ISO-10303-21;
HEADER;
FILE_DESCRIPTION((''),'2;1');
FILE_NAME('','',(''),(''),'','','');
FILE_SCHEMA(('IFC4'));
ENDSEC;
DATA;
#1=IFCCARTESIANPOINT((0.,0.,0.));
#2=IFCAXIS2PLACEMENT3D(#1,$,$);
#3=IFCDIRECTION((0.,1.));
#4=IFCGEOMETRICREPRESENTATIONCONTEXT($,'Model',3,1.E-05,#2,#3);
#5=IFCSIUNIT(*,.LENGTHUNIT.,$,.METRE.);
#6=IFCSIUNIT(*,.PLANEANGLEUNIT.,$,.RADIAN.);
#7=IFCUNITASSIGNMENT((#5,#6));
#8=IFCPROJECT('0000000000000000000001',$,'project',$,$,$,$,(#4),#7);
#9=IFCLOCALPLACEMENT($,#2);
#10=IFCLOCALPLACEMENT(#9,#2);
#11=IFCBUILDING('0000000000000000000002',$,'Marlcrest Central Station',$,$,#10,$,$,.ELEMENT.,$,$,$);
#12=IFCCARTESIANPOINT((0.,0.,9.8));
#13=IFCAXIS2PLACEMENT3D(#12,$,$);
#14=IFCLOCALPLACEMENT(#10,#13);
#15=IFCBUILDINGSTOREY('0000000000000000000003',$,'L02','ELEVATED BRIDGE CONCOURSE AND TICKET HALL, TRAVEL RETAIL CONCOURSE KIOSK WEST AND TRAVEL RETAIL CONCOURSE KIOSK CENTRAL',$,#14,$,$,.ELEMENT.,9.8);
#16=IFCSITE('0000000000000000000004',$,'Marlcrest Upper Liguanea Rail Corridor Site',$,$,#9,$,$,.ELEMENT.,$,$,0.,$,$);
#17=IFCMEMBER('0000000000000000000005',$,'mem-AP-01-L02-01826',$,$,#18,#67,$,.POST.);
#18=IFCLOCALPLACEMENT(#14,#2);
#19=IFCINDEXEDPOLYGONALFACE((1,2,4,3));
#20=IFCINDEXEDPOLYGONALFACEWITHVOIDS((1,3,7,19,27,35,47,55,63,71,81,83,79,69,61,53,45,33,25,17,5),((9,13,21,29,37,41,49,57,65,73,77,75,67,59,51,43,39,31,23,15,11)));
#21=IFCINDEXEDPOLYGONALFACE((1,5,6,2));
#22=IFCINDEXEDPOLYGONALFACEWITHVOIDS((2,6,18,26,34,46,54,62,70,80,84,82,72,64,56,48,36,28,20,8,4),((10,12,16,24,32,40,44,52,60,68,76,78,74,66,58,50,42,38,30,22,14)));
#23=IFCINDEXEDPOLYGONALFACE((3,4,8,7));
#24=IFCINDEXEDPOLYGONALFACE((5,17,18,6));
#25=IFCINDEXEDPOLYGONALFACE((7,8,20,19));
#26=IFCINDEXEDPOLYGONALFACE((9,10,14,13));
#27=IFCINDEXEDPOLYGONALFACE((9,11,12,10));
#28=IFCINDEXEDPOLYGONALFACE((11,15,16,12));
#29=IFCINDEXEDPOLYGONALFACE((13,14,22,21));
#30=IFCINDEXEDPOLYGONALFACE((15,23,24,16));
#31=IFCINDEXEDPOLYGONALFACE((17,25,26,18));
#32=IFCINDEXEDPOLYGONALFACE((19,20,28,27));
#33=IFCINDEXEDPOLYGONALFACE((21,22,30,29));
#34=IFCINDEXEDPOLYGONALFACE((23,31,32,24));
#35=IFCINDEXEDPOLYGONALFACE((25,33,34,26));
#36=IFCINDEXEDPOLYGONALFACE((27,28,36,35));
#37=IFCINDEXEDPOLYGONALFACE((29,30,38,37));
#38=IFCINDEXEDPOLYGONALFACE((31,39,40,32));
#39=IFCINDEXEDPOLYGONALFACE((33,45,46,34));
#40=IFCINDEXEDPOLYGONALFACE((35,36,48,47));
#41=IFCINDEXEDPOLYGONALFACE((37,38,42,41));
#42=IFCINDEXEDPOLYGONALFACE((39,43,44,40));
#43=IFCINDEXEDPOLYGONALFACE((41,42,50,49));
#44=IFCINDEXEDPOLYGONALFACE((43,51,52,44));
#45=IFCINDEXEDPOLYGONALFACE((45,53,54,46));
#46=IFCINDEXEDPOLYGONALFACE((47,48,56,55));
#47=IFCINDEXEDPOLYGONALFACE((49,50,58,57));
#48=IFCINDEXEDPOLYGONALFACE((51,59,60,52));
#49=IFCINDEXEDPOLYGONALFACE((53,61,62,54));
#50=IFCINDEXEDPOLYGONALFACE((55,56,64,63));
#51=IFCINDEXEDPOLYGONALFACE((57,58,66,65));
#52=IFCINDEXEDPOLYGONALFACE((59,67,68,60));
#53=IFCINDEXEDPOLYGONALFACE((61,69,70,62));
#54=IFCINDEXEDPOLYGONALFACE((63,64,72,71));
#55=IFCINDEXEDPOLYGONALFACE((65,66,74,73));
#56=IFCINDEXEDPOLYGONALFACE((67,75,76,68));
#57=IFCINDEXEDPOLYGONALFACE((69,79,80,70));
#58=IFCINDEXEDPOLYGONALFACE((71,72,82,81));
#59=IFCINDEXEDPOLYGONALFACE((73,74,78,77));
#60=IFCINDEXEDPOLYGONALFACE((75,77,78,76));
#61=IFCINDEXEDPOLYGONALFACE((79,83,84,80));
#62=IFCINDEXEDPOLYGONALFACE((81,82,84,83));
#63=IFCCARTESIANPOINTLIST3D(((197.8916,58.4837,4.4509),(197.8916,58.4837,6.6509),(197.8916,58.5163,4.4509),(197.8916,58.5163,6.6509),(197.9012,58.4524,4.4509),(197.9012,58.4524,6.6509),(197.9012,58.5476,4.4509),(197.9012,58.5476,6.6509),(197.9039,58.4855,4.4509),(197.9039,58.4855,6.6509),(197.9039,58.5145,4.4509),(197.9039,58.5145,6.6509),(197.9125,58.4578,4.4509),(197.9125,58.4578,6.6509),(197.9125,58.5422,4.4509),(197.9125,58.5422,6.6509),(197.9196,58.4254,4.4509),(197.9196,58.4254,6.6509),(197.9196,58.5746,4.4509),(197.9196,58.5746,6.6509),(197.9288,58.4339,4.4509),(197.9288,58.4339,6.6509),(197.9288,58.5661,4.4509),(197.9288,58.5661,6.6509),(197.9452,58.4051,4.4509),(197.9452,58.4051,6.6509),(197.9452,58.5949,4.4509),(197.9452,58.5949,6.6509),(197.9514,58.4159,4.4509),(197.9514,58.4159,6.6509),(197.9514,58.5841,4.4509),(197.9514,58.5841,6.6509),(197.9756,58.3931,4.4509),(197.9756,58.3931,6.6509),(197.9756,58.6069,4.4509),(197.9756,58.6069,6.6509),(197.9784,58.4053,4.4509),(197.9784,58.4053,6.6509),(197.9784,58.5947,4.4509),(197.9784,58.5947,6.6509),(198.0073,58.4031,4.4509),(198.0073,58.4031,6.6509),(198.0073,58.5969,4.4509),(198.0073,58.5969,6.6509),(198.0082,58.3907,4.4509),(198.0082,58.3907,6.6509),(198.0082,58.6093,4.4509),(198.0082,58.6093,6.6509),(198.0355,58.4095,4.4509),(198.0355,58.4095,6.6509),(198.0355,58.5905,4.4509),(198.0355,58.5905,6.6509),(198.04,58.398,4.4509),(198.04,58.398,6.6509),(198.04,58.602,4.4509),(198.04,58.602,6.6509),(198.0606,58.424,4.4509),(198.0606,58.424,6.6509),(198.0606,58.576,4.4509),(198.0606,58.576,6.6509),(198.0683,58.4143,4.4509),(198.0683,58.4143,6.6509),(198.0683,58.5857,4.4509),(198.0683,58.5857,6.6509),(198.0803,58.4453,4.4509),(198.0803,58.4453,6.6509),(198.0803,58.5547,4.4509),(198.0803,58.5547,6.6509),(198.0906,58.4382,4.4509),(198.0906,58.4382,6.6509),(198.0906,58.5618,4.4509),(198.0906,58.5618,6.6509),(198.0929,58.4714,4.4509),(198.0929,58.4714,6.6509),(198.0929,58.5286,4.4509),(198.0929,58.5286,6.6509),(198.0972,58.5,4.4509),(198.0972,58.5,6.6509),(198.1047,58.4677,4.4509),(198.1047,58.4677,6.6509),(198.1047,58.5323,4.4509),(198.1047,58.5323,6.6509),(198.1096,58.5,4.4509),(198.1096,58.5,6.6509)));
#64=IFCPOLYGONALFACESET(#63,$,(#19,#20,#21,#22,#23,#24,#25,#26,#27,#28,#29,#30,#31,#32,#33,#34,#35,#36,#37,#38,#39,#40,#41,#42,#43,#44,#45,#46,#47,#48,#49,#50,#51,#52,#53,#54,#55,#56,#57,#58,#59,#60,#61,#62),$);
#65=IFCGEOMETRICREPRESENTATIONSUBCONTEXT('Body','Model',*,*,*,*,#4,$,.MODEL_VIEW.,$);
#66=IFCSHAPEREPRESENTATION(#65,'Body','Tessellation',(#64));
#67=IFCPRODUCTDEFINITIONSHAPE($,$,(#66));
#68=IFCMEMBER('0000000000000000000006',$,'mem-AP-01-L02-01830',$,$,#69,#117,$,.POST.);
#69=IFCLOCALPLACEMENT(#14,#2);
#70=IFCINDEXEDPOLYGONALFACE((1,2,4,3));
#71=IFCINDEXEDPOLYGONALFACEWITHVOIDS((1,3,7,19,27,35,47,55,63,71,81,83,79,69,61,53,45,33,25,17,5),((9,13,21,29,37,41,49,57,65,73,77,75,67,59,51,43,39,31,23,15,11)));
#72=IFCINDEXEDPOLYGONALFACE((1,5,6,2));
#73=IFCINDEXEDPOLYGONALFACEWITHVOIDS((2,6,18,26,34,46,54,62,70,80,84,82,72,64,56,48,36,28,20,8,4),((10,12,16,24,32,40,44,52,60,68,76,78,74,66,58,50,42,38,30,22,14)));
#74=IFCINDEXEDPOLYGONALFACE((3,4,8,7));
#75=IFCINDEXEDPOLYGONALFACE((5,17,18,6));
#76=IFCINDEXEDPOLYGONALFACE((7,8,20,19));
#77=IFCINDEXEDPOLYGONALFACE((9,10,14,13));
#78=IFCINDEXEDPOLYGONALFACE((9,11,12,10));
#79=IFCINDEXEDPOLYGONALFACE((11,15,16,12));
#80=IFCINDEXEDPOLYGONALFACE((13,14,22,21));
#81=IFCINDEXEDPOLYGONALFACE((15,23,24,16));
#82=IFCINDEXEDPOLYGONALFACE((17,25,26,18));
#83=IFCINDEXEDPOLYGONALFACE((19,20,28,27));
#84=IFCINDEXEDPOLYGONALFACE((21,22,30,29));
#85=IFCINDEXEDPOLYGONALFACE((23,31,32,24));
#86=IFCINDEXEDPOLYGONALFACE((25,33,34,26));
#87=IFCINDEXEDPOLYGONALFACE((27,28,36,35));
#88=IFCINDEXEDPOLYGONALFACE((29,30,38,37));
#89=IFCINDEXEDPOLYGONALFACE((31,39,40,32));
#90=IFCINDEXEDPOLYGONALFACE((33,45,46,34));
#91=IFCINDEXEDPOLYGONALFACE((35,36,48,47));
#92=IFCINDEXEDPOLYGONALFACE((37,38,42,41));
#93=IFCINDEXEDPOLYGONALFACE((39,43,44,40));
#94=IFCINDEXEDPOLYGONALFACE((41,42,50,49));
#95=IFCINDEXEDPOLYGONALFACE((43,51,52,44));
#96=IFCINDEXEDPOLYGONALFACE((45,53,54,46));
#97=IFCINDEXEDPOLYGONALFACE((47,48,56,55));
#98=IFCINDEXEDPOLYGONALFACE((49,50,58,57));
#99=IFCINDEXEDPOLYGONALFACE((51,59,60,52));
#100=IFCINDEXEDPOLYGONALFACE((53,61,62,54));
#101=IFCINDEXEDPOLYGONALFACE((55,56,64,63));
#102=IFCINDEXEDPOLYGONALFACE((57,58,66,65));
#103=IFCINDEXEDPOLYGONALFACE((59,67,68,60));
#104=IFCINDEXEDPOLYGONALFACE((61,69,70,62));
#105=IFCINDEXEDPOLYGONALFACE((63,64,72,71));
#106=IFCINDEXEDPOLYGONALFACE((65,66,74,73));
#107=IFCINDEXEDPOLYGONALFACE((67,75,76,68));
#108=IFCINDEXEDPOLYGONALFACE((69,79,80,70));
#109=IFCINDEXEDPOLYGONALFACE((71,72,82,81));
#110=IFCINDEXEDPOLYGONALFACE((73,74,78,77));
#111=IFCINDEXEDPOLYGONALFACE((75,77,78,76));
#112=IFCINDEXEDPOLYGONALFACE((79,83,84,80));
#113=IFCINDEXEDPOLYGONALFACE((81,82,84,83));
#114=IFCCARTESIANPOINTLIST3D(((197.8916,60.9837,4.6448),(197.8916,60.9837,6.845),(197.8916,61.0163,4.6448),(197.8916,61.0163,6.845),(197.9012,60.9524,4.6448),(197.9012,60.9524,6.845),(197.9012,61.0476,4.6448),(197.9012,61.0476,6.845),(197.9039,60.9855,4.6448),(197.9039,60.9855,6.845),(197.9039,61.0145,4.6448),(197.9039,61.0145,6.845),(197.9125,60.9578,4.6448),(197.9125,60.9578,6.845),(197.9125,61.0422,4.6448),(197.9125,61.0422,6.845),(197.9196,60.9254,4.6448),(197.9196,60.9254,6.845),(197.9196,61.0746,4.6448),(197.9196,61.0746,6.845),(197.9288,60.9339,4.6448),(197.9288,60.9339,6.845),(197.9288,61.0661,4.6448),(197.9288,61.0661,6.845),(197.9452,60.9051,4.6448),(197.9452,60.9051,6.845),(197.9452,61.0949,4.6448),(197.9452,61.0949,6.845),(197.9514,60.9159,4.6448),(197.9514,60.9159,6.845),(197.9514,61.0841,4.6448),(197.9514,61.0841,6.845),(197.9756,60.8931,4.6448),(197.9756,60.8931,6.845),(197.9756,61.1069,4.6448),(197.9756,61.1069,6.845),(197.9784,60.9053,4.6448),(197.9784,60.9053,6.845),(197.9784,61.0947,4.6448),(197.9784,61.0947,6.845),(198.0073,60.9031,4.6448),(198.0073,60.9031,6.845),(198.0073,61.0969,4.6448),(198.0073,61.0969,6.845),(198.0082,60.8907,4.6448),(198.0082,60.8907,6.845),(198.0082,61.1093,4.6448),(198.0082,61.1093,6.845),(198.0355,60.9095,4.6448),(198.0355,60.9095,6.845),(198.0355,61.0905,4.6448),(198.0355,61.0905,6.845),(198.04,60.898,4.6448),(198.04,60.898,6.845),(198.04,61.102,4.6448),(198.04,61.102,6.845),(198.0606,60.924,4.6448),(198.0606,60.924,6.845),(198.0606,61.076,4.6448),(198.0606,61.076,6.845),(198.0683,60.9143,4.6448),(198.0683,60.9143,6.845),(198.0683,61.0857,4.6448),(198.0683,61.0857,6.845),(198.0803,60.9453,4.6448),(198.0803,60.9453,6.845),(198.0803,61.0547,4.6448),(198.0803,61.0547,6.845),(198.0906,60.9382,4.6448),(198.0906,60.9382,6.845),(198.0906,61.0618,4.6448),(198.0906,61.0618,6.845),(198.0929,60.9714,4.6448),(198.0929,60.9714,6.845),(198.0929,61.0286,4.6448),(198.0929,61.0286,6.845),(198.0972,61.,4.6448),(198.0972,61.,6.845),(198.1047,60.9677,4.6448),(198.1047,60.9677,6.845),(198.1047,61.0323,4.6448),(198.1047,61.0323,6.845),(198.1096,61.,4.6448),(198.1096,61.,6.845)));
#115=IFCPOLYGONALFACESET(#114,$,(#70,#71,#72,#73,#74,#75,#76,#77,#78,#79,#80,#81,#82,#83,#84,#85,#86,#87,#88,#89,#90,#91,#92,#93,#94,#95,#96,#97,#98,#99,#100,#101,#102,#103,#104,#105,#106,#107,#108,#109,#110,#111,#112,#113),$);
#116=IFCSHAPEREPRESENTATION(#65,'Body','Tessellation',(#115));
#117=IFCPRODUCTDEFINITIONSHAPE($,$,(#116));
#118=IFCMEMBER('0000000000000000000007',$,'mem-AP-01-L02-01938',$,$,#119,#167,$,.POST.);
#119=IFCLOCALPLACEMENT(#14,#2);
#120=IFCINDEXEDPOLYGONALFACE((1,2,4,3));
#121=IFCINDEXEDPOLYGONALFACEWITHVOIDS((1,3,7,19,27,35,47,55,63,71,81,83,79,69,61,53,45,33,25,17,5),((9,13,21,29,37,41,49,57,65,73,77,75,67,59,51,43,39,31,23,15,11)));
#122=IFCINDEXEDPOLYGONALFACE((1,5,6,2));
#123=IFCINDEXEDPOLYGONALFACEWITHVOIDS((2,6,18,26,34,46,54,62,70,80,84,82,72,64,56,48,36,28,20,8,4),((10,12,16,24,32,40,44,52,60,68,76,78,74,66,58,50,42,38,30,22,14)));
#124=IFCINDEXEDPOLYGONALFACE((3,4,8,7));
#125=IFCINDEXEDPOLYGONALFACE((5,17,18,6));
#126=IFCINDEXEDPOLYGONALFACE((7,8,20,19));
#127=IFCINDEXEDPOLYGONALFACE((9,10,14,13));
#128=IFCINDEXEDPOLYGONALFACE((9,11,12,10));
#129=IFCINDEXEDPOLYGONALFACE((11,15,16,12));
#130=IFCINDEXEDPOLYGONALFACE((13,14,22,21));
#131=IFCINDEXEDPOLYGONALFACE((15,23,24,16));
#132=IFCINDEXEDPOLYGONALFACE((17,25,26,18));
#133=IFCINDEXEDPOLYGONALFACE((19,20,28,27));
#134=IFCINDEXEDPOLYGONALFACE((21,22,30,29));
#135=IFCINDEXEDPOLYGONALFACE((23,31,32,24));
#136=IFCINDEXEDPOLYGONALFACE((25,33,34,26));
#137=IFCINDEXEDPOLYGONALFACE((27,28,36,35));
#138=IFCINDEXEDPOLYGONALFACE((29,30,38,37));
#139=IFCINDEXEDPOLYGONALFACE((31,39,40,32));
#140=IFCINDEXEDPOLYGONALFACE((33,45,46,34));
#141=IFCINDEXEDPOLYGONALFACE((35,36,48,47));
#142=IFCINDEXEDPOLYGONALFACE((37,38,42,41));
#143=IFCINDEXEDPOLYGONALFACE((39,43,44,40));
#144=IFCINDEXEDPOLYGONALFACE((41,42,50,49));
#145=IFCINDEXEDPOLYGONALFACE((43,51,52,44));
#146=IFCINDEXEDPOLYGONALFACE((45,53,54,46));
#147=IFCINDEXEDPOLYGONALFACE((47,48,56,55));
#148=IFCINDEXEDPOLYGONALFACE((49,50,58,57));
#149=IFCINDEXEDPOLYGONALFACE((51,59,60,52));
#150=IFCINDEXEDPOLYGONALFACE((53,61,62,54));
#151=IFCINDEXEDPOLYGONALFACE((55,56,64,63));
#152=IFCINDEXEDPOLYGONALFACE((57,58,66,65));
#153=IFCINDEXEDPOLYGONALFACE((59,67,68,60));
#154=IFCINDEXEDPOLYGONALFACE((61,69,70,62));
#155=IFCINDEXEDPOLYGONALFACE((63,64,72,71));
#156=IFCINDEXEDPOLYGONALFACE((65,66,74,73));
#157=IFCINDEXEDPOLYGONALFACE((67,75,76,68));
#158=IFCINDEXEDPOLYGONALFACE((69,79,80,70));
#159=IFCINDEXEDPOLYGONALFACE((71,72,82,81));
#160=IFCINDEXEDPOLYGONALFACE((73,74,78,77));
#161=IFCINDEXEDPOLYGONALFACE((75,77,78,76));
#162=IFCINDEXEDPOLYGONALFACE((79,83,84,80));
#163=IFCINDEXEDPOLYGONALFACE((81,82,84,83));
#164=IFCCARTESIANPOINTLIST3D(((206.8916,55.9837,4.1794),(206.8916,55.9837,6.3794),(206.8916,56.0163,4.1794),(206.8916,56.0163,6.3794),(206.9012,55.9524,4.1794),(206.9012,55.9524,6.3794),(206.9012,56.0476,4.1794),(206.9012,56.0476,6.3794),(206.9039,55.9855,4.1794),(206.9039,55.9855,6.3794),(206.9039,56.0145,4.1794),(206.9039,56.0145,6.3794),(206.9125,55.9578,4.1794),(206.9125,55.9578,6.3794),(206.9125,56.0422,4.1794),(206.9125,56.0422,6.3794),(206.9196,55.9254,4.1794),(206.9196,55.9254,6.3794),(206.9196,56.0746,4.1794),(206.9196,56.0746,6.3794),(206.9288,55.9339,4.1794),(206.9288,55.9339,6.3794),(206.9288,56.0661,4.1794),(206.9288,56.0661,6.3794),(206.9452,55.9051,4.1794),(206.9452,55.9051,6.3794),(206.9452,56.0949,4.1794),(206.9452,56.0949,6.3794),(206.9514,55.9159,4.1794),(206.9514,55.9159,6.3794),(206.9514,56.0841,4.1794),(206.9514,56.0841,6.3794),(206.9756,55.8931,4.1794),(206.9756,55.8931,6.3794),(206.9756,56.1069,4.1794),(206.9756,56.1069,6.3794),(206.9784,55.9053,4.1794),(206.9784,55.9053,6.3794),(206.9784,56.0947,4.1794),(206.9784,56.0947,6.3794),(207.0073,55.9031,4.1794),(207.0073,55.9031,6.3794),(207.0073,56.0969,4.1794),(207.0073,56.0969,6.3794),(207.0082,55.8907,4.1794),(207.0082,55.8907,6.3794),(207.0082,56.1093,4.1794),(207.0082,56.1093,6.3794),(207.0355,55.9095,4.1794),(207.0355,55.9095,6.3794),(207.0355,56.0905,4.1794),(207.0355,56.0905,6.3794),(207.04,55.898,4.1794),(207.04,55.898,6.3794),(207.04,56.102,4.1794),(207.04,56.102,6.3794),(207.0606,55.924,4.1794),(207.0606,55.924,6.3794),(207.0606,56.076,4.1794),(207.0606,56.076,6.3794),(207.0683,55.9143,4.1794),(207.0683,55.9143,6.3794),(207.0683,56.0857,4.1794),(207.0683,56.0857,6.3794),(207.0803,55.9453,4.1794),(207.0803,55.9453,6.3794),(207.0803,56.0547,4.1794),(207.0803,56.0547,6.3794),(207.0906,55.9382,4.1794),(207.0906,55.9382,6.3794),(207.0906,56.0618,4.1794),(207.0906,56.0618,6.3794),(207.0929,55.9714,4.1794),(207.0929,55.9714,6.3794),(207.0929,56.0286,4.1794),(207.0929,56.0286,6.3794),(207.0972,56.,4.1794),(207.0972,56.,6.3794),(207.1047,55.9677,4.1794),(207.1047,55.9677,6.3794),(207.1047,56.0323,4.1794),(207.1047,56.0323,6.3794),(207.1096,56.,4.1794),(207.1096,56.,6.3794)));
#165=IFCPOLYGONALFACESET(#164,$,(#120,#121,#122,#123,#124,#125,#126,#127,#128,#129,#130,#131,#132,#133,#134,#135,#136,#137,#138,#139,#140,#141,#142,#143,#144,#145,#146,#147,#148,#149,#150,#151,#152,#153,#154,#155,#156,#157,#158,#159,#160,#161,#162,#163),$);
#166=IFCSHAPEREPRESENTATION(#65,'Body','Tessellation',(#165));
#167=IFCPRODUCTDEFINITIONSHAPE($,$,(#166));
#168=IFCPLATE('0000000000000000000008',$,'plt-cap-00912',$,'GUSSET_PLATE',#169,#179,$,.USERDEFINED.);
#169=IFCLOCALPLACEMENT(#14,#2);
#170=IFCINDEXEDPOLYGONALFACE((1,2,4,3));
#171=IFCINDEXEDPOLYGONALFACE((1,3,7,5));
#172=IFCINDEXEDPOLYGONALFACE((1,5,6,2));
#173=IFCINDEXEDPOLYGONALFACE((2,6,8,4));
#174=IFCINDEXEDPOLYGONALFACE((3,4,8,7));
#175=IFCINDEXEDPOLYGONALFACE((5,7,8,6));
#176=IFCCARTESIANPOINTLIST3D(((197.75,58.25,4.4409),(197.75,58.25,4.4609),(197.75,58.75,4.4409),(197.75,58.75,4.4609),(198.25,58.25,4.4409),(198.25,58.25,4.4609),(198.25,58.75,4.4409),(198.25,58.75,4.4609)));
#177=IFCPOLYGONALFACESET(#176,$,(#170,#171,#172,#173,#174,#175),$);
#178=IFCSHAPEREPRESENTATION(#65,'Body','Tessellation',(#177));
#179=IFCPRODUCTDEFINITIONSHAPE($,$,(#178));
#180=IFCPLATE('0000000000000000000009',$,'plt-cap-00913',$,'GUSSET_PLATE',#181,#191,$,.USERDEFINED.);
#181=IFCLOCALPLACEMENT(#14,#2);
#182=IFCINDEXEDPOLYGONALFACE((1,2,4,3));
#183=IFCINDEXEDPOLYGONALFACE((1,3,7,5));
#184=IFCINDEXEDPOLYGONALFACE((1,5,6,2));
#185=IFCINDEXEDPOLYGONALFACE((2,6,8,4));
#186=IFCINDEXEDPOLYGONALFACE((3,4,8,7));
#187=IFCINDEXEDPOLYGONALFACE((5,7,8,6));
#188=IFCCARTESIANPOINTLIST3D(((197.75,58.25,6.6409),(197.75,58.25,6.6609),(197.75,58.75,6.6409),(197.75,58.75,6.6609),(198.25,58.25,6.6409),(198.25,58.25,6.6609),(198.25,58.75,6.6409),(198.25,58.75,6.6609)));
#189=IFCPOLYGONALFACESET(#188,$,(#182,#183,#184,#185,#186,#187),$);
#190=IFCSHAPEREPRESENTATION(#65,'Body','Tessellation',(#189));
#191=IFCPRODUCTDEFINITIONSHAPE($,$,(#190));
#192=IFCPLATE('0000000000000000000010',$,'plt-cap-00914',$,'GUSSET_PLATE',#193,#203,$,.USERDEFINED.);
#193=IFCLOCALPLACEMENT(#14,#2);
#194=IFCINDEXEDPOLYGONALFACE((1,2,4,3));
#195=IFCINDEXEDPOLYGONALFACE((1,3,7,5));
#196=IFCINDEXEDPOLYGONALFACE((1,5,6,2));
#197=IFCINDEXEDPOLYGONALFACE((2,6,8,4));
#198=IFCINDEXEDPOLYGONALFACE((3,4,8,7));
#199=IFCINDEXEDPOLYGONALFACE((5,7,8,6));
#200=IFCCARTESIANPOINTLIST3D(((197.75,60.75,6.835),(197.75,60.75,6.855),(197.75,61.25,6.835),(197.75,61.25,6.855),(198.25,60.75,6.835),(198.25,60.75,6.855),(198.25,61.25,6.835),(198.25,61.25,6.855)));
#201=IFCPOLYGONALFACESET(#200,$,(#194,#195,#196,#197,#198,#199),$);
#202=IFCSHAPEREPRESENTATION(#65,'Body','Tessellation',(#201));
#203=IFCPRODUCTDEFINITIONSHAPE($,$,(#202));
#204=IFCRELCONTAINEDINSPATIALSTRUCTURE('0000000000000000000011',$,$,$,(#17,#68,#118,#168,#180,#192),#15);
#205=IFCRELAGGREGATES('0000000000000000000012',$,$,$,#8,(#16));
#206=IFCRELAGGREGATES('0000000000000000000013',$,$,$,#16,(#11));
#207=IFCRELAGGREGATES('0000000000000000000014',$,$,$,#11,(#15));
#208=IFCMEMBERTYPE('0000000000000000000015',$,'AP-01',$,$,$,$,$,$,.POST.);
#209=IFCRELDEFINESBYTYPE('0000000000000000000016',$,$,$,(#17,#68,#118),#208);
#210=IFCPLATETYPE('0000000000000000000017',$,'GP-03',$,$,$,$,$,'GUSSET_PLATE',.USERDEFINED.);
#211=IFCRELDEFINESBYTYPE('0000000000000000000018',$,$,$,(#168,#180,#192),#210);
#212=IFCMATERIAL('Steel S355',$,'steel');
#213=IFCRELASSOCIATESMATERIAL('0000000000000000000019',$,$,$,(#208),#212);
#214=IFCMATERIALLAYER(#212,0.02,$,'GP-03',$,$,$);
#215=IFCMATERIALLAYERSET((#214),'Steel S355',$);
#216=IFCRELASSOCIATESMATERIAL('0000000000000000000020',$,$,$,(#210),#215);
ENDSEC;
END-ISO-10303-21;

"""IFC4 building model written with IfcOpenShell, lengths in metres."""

from ifc_helpers import new_model, si_unit, direction, frame, origin, origin_2d, place, context, subcontext, project, spatial, rectangle, hollow_circle, extrude, material, layer, layer_set, material_profile, profile_set, type_object, element, save


model = new_model("IFC4")

# Units and contexts
model_context = context("Model", 3, precision=1e-05, world=origin(), true_north=direction((0.0, 1.0)))
body_context = subcontext(model_context, "Body", "Model", "MODEL_VIEW")
ifc_project = project(units=[si_unit("LENGTHUNIT", "METRE"), si_unit("PLANEANGLEUNIT", "RADIAN")], contexts=[model_context])

# Site, building, storey
site_placement = place(None, origin())
site = spatial("IfcSite", under=ifc_project, at=site_placement, Name="Marlcrest Upper Liguanea Rail Corridor Site", CompositionType="ELEMENT", RefElevation=0.0)
building_placement = place(site_placement, origin())
building = spatial("IfcBuilding", under=site, at=building_placement, Name="Marlcrest Central Station", CompositionType="ELEMENT")
storey_placement = place(building_placement, frame((0.0, 0.0, 9.8)))
storey = spatial("IfcBuildingStorey", under=building, at=storey_placement, Name="L02", Description="ELEVATED BRIDGE CONCOURSE AND TICKET HALL, TRAVEL RETAIL CONCOURSE KIOSK WEST AND TRAVEL RETAIL CONCOURSE KIOSK CENTRAL", CompositionType="ELEMENT", Elevation=9.8)

# Members
ifc_material = material(Name="Steel S355", Category="steel")
ifc_material_profile_1 = material_profile(ifc_material, hollow_circle(Radius=0.1096, WallThickness=0.0125, at=origin_2d()), Name="CHS 219.1x12.5")
ifc_profile_set_1 = profile_set([ifc_material_profile_1], Name="Steel S355")
member_type_1 = type_object("IfcMemberType", Name="AP-01", PredefinedType="POST", material=ifc_profile_set_1)
member_1_placement = place(storey_placement, frame((198.0, 58.5, 4.4509), z_axis=(0.0, 0.0, 1.0), x_axis=(1.0, 0.0, 0.0)))
element("IfcMember", 1, at=member_1_placement, inside=storey, type_object=member_type_1, Name="mem-AP-01-L02-01826", PredefinedType="POST", context=body_context, shape_type="SweptSolid", body=[
    extrude(hollow_circle(Radius=0.1096, WallThickness=0.0125, at=origin_2d()), origin(), (0.0, 0.0, 1.0), 2.2),
])
member_2_placement = place(storey_placement, frame((198.0, 61.0, 4.6448), z_axis=(0.0, 0.0, 1.0), x_axis=(1.0, 0.0, 0.0)))
element("IfcMember", 2, at=member_2_placement, inside=storey, type_object=member_type_1, Name="mem-AP-01-L02-01830", PredefinedType="POST", context=body_context, shape_type="SweptSolid", body=[
    extrude(hollow_circle(Radius=0.1096, WallThickness=0.0125, at=origin_2d()), origin(), (0.0, 0.0, 1.0), 2.2002),
])
member_3_placement = place(storey_placement, frame((207.0, 56.0, 4.1794), z_axis=(0.0, 0.0, 1.0), x_axis=(1.0, 0.0, 0.0)))
element("IfcMember", 3, at=member_3_placement, inside=storey, type_object=member_type_1, Name="mem-AP-01-L02-01938", PredefinedType="POST", context=body_context, shape_type="SweptSolid", body=[
    extrude(hollow_circle(Radius=0.1096, WallThickness=0.0125, at=origin_2d()), origin(), (0.0, 0.0, 1.0), 2.2),
])

# Plates
ifc_layer = layer(ifc_material, 0.02, Name="GP-03")
ifc_layer_set = layer_set([ifc_layer], Name="Steel S355")
plate_type = type_object("IfcPlateType", Name="GP-03", ElementType="GUSSET_PLATE", PredefinedType="USERDEFINED", material=ifc_layer_set)
for number, where, z_axis, x_axis, name in (
    (4, (198.0, 58.5, 4.4409), (0.0, 0.0, 1.0), (1.0, 0.0, 0.0), "plt-cap-00912"),
    (5, (198.0, 58.5, 6.6409), (0.0, 0.0, 1.0), (1.0, 0.0, 0.0), "plt-cap-00913"),
    (6, (198.0, 61.0, 6.835), (0.0, 0.0, 1.0), (1.0, 0.0, 0.0), "plt-cap-00914"),
):
    element("IfcPlate", number, at=place(storey_placement, frame(where, z_axis=z_axis, x_axis=x_axis)), inside=storey, type_object=plate_type, Name=name, ObjectType="GUSSET_PLATE", PredefinedType="USERDEFINED", context=body_context, shape_type="SweptSolid", body=[
        extrude(rectangle(XDim=0.5, YDim=0.5, at=origin_2d()), origin(), (0.0, 0.0, 1.0), 0.02),
    ])

save(model, "model.ifc")
